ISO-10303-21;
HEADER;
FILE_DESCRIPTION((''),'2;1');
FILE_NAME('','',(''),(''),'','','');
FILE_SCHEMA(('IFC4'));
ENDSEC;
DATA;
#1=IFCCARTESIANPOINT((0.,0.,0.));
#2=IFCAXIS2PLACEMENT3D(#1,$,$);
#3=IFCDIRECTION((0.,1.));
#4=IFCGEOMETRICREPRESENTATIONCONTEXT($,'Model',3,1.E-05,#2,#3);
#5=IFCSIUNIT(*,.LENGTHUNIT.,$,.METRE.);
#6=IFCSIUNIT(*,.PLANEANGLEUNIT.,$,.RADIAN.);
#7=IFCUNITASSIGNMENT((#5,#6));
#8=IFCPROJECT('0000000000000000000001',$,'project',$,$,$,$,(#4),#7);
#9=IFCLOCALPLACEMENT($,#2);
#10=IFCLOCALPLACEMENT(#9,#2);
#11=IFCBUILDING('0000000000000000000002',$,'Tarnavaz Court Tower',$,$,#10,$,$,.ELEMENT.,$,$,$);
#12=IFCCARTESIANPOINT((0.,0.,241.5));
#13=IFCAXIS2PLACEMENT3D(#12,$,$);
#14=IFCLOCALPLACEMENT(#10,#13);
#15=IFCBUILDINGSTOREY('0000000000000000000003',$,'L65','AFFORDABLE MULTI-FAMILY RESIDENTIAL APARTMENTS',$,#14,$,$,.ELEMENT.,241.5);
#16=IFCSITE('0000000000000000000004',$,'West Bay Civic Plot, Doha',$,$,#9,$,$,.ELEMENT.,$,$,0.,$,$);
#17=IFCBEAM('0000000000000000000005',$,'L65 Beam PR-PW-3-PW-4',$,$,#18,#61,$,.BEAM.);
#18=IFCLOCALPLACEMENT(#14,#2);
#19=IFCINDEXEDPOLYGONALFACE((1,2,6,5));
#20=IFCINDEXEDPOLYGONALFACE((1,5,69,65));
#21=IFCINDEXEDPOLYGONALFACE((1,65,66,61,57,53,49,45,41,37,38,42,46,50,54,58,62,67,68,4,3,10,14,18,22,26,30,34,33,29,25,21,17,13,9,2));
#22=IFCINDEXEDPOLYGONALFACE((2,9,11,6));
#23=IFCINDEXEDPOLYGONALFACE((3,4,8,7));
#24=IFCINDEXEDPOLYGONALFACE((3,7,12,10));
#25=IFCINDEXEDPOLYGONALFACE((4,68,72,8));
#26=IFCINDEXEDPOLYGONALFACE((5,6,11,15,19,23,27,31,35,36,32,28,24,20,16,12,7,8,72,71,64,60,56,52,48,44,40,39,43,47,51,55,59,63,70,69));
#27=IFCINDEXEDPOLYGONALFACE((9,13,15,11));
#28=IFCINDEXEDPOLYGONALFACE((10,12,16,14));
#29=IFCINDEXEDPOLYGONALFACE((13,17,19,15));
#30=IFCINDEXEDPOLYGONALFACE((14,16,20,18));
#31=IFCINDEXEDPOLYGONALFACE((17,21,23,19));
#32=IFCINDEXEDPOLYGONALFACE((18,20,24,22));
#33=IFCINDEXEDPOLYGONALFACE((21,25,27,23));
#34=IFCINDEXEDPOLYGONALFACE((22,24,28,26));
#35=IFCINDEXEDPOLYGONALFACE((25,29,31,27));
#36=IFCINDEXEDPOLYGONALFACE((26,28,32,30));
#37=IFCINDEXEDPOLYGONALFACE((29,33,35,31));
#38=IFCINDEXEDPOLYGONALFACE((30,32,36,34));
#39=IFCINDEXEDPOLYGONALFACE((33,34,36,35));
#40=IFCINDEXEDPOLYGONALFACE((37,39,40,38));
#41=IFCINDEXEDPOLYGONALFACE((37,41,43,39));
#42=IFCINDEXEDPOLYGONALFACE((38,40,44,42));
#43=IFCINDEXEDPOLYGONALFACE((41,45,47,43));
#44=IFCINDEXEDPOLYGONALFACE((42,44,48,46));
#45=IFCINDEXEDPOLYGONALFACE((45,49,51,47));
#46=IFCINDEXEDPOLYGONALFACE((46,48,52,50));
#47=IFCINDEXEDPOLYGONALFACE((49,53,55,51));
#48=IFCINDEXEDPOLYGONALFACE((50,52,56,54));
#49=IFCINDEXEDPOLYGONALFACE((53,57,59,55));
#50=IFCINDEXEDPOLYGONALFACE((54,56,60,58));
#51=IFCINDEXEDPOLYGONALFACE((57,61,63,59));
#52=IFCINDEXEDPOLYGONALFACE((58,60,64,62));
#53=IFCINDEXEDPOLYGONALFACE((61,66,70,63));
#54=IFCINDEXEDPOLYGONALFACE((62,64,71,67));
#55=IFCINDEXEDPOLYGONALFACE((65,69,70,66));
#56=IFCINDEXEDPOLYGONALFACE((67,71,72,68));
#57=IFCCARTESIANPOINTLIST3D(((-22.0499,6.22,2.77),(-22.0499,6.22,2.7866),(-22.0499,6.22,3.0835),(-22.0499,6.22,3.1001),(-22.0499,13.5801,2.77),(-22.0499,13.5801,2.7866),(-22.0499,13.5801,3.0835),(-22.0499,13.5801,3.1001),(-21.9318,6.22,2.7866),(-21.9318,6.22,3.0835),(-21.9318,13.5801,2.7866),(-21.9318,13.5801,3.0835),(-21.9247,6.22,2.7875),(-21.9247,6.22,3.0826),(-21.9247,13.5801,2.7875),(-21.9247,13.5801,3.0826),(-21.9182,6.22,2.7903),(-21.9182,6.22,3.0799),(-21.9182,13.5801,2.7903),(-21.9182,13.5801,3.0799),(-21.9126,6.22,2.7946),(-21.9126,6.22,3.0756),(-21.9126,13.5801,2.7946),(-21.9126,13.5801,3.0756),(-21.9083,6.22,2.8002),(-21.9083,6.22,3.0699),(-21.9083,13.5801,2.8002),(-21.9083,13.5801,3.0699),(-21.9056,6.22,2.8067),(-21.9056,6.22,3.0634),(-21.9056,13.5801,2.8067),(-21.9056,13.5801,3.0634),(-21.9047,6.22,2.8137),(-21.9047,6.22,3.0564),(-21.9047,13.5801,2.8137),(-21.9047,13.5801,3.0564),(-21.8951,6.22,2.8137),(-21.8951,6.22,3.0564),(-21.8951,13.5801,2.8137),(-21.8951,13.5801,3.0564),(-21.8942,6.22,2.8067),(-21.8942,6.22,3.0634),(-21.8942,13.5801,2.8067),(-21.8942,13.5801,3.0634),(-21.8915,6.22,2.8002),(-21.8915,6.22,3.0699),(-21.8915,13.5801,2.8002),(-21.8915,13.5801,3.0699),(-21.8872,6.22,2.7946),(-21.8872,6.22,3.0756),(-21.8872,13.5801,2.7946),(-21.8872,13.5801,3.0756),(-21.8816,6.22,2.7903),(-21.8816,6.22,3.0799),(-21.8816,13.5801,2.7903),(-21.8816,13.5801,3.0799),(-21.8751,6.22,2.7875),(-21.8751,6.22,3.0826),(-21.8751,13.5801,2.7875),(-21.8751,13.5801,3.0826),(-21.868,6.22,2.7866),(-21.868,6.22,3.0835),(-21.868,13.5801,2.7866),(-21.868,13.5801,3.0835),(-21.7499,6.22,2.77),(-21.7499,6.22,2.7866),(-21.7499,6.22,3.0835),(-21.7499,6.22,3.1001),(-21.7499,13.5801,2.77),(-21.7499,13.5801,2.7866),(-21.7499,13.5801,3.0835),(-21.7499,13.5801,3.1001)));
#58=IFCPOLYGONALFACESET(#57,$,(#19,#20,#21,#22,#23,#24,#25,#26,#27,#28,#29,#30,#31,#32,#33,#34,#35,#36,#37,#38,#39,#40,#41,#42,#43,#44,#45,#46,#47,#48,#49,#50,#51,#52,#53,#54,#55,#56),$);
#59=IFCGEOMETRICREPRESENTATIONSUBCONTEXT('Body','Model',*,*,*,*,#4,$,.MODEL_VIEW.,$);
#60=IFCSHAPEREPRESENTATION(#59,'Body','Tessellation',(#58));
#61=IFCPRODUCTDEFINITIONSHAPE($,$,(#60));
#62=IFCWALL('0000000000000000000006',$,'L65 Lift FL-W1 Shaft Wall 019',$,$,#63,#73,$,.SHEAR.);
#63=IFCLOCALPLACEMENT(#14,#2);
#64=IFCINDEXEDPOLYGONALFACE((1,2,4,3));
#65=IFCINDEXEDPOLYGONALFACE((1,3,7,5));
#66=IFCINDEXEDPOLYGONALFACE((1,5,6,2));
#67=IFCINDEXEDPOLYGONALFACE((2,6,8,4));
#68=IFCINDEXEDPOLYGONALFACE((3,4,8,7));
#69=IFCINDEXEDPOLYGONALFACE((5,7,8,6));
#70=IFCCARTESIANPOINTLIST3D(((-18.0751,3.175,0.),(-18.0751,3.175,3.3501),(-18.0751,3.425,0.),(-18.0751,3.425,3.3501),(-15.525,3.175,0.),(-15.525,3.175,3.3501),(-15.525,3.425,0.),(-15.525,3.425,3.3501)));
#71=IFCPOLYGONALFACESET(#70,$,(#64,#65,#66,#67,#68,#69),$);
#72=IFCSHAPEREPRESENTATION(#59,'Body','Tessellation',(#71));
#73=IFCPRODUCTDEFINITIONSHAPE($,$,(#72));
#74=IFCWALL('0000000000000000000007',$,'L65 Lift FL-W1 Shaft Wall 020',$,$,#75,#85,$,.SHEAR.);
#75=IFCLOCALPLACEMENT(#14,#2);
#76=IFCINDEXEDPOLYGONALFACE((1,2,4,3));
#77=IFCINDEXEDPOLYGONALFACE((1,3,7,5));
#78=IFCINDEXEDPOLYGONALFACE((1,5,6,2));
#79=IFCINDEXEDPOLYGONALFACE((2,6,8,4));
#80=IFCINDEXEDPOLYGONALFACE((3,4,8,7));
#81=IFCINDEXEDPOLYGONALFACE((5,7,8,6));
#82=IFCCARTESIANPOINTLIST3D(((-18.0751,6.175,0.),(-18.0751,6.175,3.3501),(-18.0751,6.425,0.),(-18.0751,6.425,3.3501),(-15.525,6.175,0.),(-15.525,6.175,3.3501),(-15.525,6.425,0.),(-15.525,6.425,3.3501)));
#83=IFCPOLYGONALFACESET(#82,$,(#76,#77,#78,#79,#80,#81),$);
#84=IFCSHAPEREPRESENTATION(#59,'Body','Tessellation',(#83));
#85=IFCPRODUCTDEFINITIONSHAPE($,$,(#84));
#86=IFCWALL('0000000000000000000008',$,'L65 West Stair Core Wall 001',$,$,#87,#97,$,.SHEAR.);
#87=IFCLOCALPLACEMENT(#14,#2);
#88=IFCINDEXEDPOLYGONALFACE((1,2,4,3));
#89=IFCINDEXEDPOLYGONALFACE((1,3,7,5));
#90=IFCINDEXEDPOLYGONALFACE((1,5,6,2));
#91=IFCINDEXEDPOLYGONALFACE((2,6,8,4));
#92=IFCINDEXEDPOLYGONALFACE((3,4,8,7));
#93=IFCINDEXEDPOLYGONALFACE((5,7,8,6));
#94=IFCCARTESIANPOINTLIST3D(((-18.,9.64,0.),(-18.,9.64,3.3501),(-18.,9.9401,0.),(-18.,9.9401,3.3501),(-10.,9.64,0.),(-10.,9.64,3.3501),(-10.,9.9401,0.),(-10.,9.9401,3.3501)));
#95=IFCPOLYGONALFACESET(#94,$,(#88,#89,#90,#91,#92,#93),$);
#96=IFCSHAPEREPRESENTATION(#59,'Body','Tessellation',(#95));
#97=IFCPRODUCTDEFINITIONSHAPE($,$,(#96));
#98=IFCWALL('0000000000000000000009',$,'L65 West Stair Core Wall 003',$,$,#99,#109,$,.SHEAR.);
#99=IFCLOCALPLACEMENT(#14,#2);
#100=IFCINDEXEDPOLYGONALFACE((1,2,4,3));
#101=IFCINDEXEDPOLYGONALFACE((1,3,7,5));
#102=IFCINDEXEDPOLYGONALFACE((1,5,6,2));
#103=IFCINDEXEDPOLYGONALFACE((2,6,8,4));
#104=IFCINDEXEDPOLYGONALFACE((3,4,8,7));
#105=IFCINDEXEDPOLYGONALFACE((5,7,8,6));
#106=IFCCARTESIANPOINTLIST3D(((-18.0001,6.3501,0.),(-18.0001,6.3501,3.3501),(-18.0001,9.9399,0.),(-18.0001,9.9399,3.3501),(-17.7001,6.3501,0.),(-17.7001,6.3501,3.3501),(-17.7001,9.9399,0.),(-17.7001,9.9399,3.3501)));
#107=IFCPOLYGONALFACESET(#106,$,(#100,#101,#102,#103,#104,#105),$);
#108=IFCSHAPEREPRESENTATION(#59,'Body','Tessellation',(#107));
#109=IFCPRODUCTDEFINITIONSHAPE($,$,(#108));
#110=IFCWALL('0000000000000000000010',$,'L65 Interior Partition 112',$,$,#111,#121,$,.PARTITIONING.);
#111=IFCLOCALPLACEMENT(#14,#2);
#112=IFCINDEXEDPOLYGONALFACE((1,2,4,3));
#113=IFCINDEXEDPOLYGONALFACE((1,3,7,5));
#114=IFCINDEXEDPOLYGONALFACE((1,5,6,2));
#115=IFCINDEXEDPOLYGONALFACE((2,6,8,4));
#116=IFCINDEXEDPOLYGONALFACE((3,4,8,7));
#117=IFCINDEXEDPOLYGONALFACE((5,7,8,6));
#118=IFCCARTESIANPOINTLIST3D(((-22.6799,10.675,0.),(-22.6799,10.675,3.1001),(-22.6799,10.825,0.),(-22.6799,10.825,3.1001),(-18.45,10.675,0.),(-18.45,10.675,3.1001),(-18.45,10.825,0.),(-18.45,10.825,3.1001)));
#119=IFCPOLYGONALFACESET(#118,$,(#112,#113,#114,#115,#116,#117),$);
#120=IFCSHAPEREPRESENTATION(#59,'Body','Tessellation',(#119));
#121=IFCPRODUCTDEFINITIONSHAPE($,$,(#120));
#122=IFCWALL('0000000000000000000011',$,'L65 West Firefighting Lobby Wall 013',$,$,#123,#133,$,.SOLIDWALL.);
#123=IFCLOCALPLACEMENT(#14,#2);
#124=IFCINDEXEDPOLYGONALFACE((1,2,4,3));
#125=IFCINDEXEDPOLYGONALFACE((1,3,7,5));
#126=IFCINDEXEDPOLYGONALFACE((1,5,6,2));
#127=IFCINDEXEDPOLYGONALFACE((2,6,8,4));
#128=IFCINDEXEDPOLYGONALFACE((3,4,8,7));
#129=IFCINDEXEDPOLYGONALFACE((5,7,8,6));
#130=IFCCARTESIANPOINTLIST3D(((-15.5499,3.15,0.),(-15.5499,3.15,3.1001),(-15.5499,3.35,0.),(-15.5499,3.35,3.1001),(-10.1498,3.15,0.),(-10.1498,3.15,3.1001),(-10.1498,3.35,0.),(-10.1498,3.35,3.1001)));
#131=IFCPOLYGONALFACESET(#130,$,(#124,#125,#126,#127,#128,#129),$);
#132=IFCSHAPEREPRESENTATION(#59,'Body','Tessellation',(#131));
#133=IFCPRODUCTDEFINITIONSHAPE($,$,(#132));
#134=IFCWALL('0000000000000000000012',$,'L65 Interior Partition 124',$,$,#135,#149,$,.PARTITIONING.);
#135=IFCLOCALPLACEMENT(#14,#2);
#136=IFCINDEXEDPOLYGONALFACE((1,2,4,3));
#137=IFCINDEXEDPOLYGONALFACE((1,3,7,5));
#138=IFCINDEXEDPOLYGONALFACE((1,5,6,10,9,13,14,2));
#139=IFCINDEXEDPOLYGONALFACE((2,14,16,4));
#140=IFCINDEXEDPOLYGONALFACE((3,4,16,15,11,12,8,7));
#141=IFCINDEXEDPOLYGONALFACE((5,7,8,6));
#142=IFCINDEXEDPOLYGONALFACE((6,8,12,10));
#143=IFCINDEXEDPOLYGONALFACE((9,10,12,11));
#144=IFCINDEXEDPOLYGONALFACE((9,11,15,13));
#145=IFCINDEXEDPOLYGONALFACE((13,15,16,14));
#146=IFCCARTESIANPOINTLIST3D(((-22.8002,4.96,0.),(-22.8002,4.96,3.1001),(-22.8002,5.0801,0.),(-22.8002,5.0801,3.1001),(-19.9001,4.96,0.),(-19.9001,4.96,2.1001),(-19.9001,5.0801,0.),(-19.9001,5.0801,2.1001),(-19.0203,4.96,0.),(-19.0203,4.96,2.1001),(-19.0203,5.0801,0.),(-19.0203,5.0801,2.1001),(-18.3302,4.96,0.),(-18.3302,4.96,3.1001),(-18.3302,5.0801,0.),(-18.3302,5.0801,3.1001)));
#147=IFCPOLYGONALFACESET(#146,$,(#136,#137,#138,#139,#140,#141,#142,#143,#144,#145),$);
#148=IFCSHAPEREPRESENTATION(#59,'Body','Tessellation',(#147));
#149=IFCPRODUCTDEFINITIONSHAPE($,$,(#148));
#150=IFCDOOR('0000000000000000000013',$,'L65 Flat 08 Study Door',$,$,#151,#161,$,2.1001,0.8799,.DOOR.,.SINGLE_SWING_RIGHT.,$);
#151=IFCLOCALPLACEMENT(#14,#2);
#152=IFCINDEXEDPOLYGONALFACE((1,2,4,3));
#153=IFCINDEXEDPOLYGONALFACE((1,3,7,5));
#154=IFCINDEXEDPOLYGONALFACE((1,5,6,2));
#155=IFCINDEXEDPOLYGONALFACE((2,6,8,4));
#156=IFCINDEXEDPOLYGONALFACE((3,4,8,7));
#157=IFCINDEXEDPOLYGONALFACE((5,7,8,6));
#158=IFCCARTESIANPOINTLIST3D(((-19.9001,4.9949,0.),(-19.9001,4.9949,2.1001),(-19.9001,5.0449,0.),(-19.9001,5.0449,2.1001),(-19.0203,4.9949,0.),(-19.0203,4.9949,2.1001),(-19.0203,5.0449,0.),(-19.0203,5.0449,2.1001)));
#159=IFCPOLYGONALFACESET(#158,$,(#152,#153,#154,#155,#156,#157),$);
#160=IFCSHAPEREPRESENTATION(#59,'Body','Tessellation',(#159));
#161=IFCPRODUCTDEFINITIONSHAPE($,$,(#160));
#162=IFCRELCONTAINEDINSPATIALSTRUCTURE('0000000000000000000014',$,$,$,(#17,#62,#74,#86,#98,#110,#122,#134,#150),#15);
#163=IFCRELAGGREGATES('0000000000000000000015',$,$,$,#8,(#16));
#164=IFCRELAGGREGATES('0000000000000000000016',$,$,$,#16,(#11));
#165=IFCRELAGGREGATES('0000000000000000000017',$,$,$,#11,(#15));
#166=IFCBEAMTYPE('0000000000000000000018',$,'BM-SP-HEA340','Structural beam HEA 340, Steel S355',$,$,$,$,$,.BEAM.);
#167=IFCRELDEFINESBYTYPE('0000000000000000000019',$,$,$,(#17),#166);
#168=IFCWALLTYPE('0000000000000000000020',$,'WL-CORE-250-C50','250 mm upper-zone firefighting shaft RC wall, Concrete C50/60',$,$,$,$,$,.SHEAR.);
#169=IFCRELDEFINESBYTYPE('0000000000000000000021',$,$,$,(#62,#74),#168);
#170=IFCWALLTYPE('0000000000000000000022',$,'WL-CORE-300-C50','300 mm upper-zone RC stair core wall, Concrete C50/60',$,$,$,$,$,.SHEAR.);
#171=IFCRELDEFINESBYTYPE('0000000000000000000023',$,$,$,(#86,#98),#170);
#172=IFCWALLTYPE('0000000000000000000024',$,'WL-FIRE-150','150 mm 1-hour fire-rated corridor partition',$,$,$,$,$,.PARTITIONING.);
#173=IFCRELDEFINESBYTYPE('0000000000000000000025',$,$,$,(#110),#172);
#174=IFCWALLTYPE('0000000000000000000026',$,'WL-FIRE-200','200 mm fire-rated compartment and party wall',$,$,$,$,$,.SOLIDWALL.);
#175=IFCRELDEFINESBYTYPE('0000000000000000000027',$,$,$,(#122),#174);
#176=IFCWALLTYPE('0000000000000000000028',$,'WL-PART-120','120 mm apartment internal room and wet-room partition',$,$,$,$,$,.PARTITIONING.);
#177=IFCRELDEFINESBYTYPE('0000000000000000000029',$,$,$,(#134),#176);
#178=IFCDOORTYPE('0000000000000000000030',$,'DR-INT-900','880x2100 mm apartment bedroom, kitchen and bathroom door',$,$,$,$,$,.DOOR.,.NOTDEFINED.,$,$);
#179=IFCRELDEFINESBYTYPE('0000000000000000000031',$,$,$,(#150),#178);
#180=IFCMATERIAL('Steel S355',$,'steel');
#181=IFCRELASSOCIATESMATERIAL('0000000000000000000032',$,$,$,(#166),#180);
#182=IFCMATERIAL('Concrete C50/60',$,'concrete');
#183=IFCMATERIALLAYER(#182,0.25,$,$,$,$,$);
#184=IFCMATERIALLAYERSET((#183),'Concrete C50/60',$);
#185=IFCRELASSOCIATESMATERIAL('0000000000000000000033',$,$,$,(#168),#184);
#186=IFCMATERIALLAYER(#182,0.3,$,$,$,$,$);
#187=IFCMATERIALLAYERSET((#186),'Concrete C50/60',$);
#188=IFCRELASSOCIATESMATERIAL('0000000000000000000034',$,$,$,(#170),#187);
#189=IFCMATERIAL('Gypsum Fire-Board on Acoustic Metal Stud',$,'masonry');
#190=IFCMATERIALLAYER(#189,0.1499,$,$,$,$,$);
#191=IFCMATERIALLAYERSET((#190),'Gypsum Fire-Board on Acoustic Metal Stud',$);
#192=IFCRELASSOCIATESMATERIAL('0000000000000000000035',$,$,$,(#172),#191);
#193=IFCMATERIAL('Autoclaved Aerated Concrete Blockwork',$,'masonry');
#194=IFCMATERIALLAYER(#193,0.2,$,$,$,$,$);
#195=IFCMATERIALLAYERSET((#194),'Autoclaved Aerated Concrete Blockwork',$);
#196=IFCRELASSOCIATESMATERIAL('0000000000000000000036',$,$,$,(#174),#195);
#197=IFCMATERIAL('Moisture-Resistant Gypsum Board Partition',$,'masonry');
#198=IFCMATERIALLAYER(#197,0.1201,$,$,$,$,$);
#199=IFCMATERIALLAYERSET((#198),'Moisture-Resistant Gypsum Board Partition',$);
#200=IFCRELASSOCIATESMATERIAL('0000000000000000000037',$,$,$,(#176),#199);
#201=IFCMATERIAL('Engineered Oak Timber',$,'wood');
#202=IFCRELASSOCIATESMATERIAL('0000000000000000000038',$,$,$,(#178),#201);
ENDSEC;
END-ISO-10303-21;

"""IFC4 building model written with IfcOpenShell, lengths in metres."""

from ifc_helpers import new_model, si_unit, direction, frame, frame_2d, origin, origin_2d, place, context, subcontext, project, spatial, rectangle, i_section, extrude, material, layer, layer_set, material_profile, profile_set, type_object, element, fill, save


model = new_model("IFC4")

# Units and contexts
model_context = context("Model", 3, precision=1e-05, world=origin(), true_north=direction((0.0, 1.0)))
body_context = subcontext(model_context, "Body", "Model", "MODEL_VIEW")
ifc_project = project(units=[si_unit("LENGTHUNIT", "METRE"), si_unit("PLANEANGLEUNIT", "RADIAN")], contexts=[model_context])

# Site, building, storey
site_placement = place(None, origin())
site = spatial("IfcSite", under=ifc_project, at=site_placement, Name="West Bay Civic Plot, Doha", CompositionType="ELEMENT", RefElevation=0.0)
building_placement = place(site_placement, origin())
building = spatial("IfcBuilding", under=site, at=building_placement, Name="Tarnavaz Court Tower", CompositionType="ELEMENT")
storey_placement = place(building_placement, frame((0.0, 0.0, 241.5)))
storey = spatial("IfcBuildingStorey", under=building, at=storey_placement, Name="L65", Description="AFFORDABLE MULTI-FAMILY RESIDENTIAL APARTMENTS", CompositionType="ELEMENT", Elevation=241.5)

# Shared definitions
ifc_material_1 = material(Name="Concrete C50/60", Category="concrete")

# Beam
ifc_material_2 = material(Name="Steel S355", Category="steel")
ifc_material_profile_1 = material_profile(ifc_material_2, i_section(OverallWidth=0.3, OverallDepth=0.3301, WebThickness=0.0095, FlangeThickness=0.0166, FilletRadius=0.0271, at=origin_2d()), Name="HEA 340")
ifc_profile_set_1 = profile_set([ifc_material_profile_1], Name="Steel S355")
beam_type_1 = type_object("IfcBeamType", Name="BM-SP-HEA340", Description="Structural beam HEA 340, Steel S355", PredefinedType="BEAM", material=ifc_profile_set_1)
beam_1_placement = place(storey_placement, frame((-21.8999, 6.22, 2.9351), z_axis=(0.0, 1.0, 0.0), x_axis=(-1.0, 0.0, 0.0)))
element("IfcBeam", 1, at=beam_1_placement, inside=storey, type_object=beam_type_1, Name="L65 Beam PR-PW-3-PW-4", PredefinedType="BEAM", context=body_context, shape_type="SweptSolid", body=[
    extrude(i_section(OverallWidth=0.3, OverallDepth=0.3301, WebThickness=0.0095, FlangeThickness=0.0166, FilletRadius=0.0271, at=origin_2d()), origin(), (0.0, 0.0, 1.0), 7.3601),
])

# Shared definitions
ifc_layer_1 = layer(ifc_material_1, 0.25)
ifc_layer_set_1 = layer_set([ifc_layer_1], Name="Concrete C50/60")
wall_type_1 = type_object("IfcWallType", Name="WL-CORE-250-C50", Description="250 mm upper-zone firefighting shaft RC wall, Concrete C50/60", PredefinedType="SHEAR", material=ifc_layer_set_1)

# Walls
for number, where, z_axis, x_axis, name in (
    (2, (-18.075, 3.3, 0.0), (0.0, 0.0, 1.0), (1.0, 0.0, 0.0), "L65 Lift FL-W1 Shaft Wall 019"),
    (3, (-18.075, 6.3, 0.0), (0.0, 0.0, 1.0), (1.0, 0.0, 0.0), "L65 Lift FL-W1 Shaft Wall 020"),
):
    element("IfcWall", number, at=place(storey_placement, frame(where, z_axis=z_axis, x_axis=x_axis)), inside=storey, type_object=wall_type_1, Name=name, PredefinedType="SHEAR", context=body_context, shape_type="SweptSolid", body=[
        extrude(rectangle(XDim=2.55, YDim=0.25, at=frame_2d((1.2749, 0.0))), origin(), (0.0, 0.0, 1.0), 3.3501),
    ])
ifc_layer_2 = layer(ifc_material_1, 0.3)
ifc_layer_set_2 = layer_set([ifc_layer_2], Name="Concrete C50/60")
wall_type_2 = type_object("IfcWallType", Name="WL-CORE-300-C50", Description="300 mm upper-zone RC stair core wall, Concrete C50/60", PredefinedType="SHEAR", material=ifc_layer_set_2)
wall_1_placement = place(storey_placement, frame((-18.0, 9.79, 0.0), z_axis=(0.0, 0.0, 1.0), x_axis=(1.0, 0.0, 0.0)))
element("IfcWall", 4, at=wall_1_placement, inside=storey, type_object=wall_type_2, Name="L65 West Stair Core Wall 001", PredefinedType="SHEAR", context=body_context, shape_type="SweptSolid", body=[
    extrude(rectangle(XDim=8.0, YDim=0.3, at=frame_2d((4.0, 0.0))), origin(), (0.0, 0.0, 1.0), 3.3501),
])

# Walls
wall_2_placement = place(storey_placement, frame((-17.8501, 6.3501, 0.0), z_axis=(0.0, 0.0, 1.0), x_axis=(0.0, 1.0, 0.0)))
element("IfcWall", 5, at=wall_2_placement, inside=storey, type_object=wall_type_2, Name="L65 West Stair Core Wall 003", PredefinedType="SHEAR", context=body_context, shape_type="SweptSolid", body=[
    extrude(rectangle(XDim=3.5898, YDim=0.3, at=frame_2d((1.7949, 0.0))), origin(), (0.0, 0.0, 1.0), 3.3501),
])
ifc_material_3 = material(Name="Gypsum Fire-Board on Acoustic Metal Stud", Category="masonry")
ifc_layer_3 = layer(ifc_material_3, 0.1499)
ifc_layer_set_3 = layer_set([ifc_layer_3], Name="Gypsum Fire-Board on Acoustic Metal Stud")
wall_type_3 = type_object("IfcWallType", Name="WL-FIRE-150", Description="150 mm 1-hour fire-rated corridor partition", PredefinedType="PARTITIONING", material=ifc_layer_set_3)
wall_3_placement = place(storey_placement, frame((-22.6799, 10.75, 0.0), z_axis=(0.0, 0.0, 1.0), x_axis=(1.0, 0.0, 0.0)))
element("IfcWall", 6, at=wall_3_placement, inside=storey, type_object=wall_type_3, Name="L65 Interior Partition 112", PredefinedType="PARTITIONING", context=body_context, shape_type="SweptSolid", body=[
    extrude(rectangle(XDim=4.23, YDim=0.1499, at=frame_2d((2.115, 0.0))), origin(), (0.0, 0.0, 1.0), 3.1001),
])
ifc_material_4 = material(Name="Autoclaved Aerated Concrete Blockwork", Category="masonry")
ifc_layer_4 = layer(ifc_material_4, 0.2)
ifc_layer_set_4 = layer_set([ifc_layer_4], Name="Autoclaved Aerated Concrete Blockwork")
wall_type_4 = type_object("IfcWallType", Name="WL-FIRE-200", Description="200 mm fire-rated compartment and party wall", PredefinedType="SOLIDWALL", material=ifc_layer_set_4)
wall_4_placement = place(storey_placement, frame((-15.55, 3.25, 0.0), z_axis=(0.0, 0.0, 1.0), x_axis=(1.0, 0.0, 0.0)))
element("IfcWall", 7, at=wall_4_placement, inside=storey, type_object=wall_type_4, Name="L65 West Firefighting Lobby Wall 013", PredefinedType="SOLIDWALL", context=body_context, shape_type="SweptSolid", body=[
    extrude(rectangle(XDim=5.4001, YDim=0.2, at=frame_2d((2.7002, 0.0))), origin(), (0.0, 0.0, 1.0), 3.1001),
])

# Wall, opening, door
ifc_material_5 = material(Name="Moisture-Resistant Gypsum Board Partition", Category="masonry")
ifc_layer_5 = layer(ifc_material_5, 0.1201)
ifc_layer_set_5 = layer_set([ifc_layer_5], Name="Moisture-Resistant Gypsum Board Partition")
wall_type_5 = type_object("IfcWallType", Name="WL-PART-120", Description="120 mm apartment internal room and wet-room partition", PredefinedType="PARTITIONING", material=ifc_layer_set_5)
wall_5_placement = place(storey_placement, frame((-22.8, 5.02, 0.0), z_axis=(0.0, 0.0, 1.0), x_axis=(1.0, 0.0, 0.0)))
wall_5 = element("IfcWall", 8, at=wall_5_placement, inside=storey, type_object=wall_type_5, Name="L65 Interior Partition 124", PredefinedType="PARTITIONING", context=body_context, shape_type="SweptSolid", body=[
    extrude(rectangle(XDim=4.47, YDim=0.1201, at=frame_2d((2.2349, 0.0))), origin(), (0.0, 0.0, 1.0), 3.1001),
])
opening_1_placement = place(wall_5_placement, frame((2.8999, 0.0, 0.0)))
opening_1 = element("IfcOpeningElement", 9, at=opening_1_placement, cuts=wall_5, PredefinedType="OPENING", context=body_context, shape_type="SweptSolid", body=[
    extrude(rectangle(XDim=0.8799, YDim=2.1001, at=frame_2d((0.4399, 1.05))), frame((0.0, 0.0701, 0.0), z_axis=(0.0, -1.0, 0.0), x_axis=(1.0, 0.0, 0.0)), (0.0, 0.0, 1.0), 0.1401),
])
ifc_material_6 = material(Name="Engineered Oak Timber", Category="wood")
door_type_1 = type_object("IfcDoorType", Name="DR-INT-900", Description="880x2100 mm apartment bedroom, kitchen and bathroom door", OperationType="NOTDEFINED", PredefinedType="DOOR", material=ifc_material_6)
door_1_placement = place(opening_1_placement, origin())
door_1 = element("IfcDoor", 10, at=door_1_placement, inside=storey, type_object=door_type_1, Name="L65 Flat 08 Study Door", OperationType="SINGLE_SWING_RIGHT", OverallHeight=2.1001, OverallWidth=0.8799, PredefinedType="DOOR", context=body_context, shape_type="SweptSolid", body=[
    extrude(rectangle(XDim=0.8799, YDim=2.1001, at=frame_2d((0.4399, 1.05))), frame((0.0, 0.0249, 0.0), z_axis=(0.0, -1.0, 0.0), x_axis=(1.0, 0.0, 0.0)), (0.0, 0.0, 1.0), 0.05),
])
fill(opening_1, door_1)

save(model, "model.ifc")
